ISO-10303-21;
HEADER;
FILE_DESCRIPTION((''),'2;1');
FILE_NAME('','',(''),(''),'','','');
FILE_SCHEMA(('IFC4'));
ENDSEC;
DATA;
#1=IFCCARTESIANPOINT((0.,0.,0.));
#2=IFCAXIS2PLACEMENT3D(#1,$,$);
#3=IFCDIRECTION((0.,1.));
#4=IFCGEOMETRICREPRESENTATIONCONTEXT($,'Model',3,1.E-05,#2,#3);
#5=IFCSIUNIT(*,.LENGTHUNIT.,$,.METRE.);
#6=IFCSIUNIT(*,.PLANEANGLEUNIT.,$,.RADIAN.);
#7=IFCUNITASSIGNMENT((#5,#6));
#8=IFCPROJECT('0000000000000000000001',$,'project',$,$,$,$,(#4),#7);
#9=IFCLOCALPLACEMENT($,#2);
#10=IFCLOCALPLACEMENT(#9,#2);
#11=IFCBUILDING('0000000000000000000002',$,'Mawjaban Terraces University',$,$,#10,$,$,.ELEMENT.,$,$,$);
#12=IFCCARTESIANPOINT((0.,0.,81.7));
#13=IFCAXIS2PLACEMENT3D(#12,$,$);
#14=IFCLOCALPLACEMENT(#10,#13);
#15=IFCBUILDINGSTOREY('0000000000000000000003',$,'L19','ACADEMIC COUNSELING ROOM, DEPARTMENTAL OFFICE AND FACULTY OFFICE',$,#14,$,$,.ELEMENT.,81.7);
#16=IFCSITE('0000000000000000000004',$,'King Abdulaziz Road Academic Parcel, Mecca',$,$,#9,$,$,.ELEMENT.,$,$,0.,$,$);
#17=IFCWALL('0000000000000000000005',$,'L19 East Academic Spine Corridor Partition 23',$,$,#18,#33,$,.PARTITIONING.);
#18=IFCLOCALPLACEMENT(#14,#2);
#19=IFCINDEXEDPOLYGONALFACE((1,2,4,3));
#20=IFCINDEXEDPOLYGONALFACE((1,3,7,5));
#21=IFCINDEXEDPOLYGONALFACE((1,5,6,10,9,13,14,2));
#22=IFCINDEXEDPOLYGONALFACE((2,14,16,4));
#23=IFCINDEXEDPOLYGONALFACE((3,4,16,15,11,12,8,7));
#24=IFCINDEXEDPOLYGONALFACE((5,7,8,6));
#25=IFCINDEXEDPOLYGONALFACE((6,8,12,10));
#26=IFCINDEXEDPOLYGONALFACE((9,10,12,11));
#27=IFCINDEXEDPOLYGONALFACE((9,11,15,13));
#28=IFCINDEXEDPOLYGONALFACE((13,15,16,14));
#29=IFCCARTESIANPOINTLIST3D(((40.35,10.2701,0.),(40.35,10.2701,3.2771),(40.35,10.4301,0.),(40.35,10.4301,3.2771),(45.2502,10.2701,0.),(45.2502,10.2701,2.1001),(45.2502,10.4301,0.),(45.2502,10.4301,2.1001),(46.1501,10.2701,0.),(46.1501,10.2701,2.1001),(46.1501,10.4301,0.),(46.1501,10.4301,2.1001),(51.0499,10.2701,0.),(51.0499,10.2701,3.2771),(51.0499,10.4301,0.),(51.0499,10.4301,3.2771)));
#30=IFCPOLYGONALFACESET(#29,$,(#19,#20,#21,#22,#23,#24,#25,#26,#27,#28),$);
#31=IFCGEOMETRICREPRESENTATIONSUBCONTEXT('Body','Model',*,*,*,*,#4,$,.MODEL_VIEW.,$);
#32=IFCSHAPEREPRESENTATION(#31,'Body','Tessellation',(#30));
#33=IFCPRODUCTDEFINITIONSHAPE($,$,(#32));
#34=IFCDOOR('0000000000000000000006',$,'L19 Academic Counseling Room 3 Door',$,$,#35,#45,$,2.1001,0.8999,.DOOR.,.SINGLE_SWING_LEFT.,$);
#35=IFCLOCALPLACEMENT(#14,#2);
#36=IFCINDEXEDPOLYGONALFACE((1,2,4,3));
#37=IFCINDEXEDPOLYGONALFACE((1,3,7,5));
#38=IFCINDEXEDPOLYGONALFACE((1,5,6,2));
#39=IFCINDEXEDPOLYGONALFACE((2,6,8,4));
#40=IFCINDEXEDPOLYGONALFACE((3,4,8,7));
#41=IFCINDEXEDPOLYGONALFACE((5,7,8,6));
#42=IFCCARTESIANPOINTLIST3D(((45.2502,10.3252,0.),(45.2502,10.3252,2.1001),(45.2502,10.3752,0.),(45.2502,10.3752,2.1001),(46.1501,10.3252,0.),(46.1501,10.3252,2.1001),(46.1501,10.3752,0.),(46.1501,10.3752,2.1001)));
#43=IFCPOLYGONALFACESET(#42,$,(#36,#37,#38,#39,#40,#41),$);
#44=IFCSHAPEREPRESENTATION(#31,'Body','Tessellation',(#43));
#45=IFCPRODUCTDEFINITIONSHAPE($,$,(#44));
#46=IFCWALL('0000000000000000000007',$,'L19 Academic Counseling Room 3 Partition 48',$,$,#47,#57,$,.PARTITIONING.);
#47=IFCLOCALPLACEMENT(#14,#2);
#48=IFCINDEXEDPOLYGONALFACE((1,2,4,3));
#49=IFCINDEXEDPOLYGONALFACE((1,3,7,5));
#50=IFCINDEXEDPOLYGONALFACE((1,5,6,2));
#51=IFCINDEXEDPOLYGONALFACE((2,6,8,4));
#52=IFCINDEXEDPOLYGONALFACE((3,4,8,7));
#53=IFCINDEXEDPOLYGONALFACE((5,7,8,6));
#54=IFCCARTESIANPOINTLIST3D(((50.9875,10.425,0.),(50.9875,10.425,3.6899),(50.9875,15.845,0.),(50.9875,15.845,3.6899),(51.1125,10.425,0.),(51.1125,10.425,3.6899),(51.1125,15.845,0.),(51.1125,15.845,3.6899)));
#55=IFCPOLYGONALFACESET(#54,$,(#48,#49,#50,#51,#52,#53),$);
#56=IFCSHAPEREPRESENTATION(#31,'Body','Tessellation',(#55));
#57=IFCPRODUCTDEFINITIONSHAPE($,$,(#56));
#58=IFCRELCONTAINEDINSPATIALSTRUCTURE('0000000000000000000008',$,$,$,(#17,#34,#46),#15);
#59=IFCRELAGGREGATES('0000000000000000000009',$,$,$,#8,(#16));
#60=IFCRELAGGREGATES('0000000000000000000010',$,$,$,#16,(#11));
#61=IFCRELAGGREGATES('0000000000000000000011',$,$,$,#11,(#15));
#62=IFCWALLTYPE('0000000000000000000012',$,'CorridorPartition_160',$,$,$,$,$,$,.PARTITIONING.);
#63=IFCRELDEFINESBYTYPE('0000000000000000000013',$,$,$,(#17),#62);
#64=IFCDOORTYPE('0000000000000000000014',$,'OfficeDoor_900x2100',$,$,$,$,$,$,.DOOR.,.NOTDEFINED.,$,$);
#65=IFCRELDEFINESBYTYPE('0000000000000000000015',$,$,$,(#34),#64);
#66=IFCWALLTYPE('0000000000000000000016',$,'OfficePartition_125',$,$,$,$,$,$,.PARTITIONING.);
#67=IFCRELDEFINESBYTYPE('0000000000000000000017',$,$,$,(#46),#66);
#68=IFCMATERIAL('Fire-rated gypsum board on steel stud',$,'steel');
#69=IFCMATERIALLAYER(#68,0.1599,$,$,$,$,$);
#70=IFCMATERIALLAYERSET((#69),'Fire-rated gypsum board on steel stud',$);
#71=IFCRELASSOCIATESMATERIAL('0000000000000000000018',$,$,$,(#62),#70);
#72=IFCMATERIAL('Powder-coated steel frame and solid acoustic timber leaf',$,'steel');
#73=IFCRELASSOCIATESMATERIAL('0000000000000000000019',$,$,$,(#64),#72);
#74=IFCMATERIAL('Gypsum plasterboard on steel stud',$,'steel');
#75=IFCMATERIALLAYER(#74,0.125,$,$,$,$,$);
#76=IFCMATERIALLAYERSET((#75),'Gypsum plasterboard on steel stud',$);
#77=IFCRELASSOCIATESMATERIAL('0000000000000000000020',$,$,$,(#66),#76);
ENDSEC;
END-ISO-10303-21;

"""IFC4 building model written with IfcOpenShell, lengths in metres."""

from ifc_helpers import new_model, si_unit, direction, frame, frame_2d, origin, place, context, subcontext, project, spatial, rectangle, extrude, material, layer, layer_set, type_object, element, fill, save


model = new_model("IFC4")

# Units and contexts
model_context = context("Model", 3, precision=1e-05, world=origin(), true_north=direction((0.0, 1.0)))
body_context = subcontext(model_context, "Body", "Model", "MODEL_VIEW")
ifc_project = project(units=[si_unit("LENGTHUNIT", "METRE"), si_unit("PLANEANGLEUNIT", "RADIAN")], contexts=[model_context])

# Site, building, storey
site_placement = place(None, origin())
site = spatial("IfcSite", under=ifc_project, at=site_placement, Name="King Abdulaziz Road Academic Parcel, Mecca", CompositionType="ELEMENT", RefElevation=0.0)
building_placement = place(site_placement, origin())
building = spatial("IfcBuilding", under=site, at=building_placement, Name="Mawjaban Terraces University", CompositionType="ELEMENT")
storey_placement = place(building_placement, frame((0.0, 0.0, 81.7)))
storey = spatial("IfcBuildingStorey", under=building, at=storey_placement, Name="L19", Description="ACADEMIC COUNSELING ROOM, DEPARTMENTAL OFFICE AND FACULTY OFFICE", CompositionType="ELEMENT", Elevation=81.7)

# Wall, opening, door
ifc_material_1 = material(Name="Fire-rated gypsum board on steel stud", Category="steel")
ifc_layer_1 = layer(ifc_material_1, 0.1599)
ifc_layer_set_1 = layer_set([ifc_layer_1], Name="Fire-rated gypsum board on steel stud")
wall_type_1 = type_object("IfcWallType", Name="CorridorPartition_160", PredefinedType="PARTITIONING", material=ifc_layer_set_1)
ifc_material_2 = material(Name="Powder-coated steel frame and solid acoustic timber leaf", Category="steel")
door_type = type_object("IfcDoorType", Name="OfficeDoor_900x2100", OperationType="NOTDEFINED", PredefinedType="DOOR", material=ifc_material_2)
wall_1_placement = place(storey_placement, frame((51.05, 10.3501, 0.0), z_axis=(0.0, 0.0, 1.0), x_axis=(-1.0, 0.0, 0.0)))
wall_1 = element("IfcWall", 1, at=wall_1_placement, inside=storey, type_object=wall_type_1, Name="L19 East Academic Spine Corridor Partition 23", PredefinedType="PARTITIONING", context=body_context, shape_type="SweptSolid", body=[
    extrude(rectangle(XDim=10.7, YDim=0.1599, at=frame_2d((5.3501, 0.0))), origin(), (0.0, 0.0, 1.0), 3.2771),
])
opening_1_placement = place(wall_1_placement, frame((4.8999, 0.0, 0.0)))
opening_1 = element("IfcOpeningElement", 2, at=opening_1_placement, cuts=wall_1, PredefinedType="OPENING", context=body_context, shape_type="SweptSolid", body=[
    extrude(rectangle(XDim=0.8999, YDim=2.1001, at=frame_2d((0.45, 1.05))), frame((0.0, 0.0898, 0.0), z_axis=(0.0, -1.0, 0.0), x_axis=(1.0, 0.0, 0.0)), (0.0, 0.0, 1.0), 0.1799),
])
door_1_placement = place(opening_1_placement, origin())
door_1 = element("IfcDoor", 3, at=door_1_placement, inside=storey, type_object=door_type, Name="L19 Academic Counseling Room 3 Door", OperationType="SINGLE_SWING_LEFT", OverallHeight=2.1001, OverallWidth=0.8999, PredefinedType="DOOR", context=body_context, shape_type="SweptSolid", body=[
    extrude(rectangle(XDim=0.8999, YDim=2.1001, at=frame_2d((0.45, 1.05))), frame((0.0, 0.0249, 0.0), z_axis=(0.0, -1.0, 0.0), x_axis=(1.0, 0.0, 0.0)), (0.0, 0.0, 1.0), 0.05),
])
fill(opening_1, door_1)

# Wall
ifc_material_3 = material(Name="Gypsum plasterboard on steel stud", Category="steel")
ifc_layer_2 = layer(ifc_material_3, 0.125)
ifc_layer_set_2 = layer_set([ifc_layer_2], Name="Gypsum plasterboard on steel stud")
wall_type_2 = type_object("IfcWallType", Name="OfficePartition_125", PredefinedType="PARTITIONING", material=ifc_layer_set_2)
wall_2_placement = place(storey_placement, frame((51.05, 10.425, 0.0), z_axis=(0.0, 0.0, 1.0), x_axis=(0.0, 1.0, 0.0)))
element("IfcWall", 4, at=wall_2_placement, inside=storey, type_object=wall_type_2, Name="L19 Academic Counseling Room 3 Partition 48", PredefinedType="PARTITIONING", context=body_context, shape_type="SweptSolid", body=[
    extrude(rectangle(XDim=5.4199, YDim=0.125, at=frame_2d((2.71, 0.0))), origin(), (0.0, 0.0, 1.0), 3.6899),
])

save(model, "model.ifc")
